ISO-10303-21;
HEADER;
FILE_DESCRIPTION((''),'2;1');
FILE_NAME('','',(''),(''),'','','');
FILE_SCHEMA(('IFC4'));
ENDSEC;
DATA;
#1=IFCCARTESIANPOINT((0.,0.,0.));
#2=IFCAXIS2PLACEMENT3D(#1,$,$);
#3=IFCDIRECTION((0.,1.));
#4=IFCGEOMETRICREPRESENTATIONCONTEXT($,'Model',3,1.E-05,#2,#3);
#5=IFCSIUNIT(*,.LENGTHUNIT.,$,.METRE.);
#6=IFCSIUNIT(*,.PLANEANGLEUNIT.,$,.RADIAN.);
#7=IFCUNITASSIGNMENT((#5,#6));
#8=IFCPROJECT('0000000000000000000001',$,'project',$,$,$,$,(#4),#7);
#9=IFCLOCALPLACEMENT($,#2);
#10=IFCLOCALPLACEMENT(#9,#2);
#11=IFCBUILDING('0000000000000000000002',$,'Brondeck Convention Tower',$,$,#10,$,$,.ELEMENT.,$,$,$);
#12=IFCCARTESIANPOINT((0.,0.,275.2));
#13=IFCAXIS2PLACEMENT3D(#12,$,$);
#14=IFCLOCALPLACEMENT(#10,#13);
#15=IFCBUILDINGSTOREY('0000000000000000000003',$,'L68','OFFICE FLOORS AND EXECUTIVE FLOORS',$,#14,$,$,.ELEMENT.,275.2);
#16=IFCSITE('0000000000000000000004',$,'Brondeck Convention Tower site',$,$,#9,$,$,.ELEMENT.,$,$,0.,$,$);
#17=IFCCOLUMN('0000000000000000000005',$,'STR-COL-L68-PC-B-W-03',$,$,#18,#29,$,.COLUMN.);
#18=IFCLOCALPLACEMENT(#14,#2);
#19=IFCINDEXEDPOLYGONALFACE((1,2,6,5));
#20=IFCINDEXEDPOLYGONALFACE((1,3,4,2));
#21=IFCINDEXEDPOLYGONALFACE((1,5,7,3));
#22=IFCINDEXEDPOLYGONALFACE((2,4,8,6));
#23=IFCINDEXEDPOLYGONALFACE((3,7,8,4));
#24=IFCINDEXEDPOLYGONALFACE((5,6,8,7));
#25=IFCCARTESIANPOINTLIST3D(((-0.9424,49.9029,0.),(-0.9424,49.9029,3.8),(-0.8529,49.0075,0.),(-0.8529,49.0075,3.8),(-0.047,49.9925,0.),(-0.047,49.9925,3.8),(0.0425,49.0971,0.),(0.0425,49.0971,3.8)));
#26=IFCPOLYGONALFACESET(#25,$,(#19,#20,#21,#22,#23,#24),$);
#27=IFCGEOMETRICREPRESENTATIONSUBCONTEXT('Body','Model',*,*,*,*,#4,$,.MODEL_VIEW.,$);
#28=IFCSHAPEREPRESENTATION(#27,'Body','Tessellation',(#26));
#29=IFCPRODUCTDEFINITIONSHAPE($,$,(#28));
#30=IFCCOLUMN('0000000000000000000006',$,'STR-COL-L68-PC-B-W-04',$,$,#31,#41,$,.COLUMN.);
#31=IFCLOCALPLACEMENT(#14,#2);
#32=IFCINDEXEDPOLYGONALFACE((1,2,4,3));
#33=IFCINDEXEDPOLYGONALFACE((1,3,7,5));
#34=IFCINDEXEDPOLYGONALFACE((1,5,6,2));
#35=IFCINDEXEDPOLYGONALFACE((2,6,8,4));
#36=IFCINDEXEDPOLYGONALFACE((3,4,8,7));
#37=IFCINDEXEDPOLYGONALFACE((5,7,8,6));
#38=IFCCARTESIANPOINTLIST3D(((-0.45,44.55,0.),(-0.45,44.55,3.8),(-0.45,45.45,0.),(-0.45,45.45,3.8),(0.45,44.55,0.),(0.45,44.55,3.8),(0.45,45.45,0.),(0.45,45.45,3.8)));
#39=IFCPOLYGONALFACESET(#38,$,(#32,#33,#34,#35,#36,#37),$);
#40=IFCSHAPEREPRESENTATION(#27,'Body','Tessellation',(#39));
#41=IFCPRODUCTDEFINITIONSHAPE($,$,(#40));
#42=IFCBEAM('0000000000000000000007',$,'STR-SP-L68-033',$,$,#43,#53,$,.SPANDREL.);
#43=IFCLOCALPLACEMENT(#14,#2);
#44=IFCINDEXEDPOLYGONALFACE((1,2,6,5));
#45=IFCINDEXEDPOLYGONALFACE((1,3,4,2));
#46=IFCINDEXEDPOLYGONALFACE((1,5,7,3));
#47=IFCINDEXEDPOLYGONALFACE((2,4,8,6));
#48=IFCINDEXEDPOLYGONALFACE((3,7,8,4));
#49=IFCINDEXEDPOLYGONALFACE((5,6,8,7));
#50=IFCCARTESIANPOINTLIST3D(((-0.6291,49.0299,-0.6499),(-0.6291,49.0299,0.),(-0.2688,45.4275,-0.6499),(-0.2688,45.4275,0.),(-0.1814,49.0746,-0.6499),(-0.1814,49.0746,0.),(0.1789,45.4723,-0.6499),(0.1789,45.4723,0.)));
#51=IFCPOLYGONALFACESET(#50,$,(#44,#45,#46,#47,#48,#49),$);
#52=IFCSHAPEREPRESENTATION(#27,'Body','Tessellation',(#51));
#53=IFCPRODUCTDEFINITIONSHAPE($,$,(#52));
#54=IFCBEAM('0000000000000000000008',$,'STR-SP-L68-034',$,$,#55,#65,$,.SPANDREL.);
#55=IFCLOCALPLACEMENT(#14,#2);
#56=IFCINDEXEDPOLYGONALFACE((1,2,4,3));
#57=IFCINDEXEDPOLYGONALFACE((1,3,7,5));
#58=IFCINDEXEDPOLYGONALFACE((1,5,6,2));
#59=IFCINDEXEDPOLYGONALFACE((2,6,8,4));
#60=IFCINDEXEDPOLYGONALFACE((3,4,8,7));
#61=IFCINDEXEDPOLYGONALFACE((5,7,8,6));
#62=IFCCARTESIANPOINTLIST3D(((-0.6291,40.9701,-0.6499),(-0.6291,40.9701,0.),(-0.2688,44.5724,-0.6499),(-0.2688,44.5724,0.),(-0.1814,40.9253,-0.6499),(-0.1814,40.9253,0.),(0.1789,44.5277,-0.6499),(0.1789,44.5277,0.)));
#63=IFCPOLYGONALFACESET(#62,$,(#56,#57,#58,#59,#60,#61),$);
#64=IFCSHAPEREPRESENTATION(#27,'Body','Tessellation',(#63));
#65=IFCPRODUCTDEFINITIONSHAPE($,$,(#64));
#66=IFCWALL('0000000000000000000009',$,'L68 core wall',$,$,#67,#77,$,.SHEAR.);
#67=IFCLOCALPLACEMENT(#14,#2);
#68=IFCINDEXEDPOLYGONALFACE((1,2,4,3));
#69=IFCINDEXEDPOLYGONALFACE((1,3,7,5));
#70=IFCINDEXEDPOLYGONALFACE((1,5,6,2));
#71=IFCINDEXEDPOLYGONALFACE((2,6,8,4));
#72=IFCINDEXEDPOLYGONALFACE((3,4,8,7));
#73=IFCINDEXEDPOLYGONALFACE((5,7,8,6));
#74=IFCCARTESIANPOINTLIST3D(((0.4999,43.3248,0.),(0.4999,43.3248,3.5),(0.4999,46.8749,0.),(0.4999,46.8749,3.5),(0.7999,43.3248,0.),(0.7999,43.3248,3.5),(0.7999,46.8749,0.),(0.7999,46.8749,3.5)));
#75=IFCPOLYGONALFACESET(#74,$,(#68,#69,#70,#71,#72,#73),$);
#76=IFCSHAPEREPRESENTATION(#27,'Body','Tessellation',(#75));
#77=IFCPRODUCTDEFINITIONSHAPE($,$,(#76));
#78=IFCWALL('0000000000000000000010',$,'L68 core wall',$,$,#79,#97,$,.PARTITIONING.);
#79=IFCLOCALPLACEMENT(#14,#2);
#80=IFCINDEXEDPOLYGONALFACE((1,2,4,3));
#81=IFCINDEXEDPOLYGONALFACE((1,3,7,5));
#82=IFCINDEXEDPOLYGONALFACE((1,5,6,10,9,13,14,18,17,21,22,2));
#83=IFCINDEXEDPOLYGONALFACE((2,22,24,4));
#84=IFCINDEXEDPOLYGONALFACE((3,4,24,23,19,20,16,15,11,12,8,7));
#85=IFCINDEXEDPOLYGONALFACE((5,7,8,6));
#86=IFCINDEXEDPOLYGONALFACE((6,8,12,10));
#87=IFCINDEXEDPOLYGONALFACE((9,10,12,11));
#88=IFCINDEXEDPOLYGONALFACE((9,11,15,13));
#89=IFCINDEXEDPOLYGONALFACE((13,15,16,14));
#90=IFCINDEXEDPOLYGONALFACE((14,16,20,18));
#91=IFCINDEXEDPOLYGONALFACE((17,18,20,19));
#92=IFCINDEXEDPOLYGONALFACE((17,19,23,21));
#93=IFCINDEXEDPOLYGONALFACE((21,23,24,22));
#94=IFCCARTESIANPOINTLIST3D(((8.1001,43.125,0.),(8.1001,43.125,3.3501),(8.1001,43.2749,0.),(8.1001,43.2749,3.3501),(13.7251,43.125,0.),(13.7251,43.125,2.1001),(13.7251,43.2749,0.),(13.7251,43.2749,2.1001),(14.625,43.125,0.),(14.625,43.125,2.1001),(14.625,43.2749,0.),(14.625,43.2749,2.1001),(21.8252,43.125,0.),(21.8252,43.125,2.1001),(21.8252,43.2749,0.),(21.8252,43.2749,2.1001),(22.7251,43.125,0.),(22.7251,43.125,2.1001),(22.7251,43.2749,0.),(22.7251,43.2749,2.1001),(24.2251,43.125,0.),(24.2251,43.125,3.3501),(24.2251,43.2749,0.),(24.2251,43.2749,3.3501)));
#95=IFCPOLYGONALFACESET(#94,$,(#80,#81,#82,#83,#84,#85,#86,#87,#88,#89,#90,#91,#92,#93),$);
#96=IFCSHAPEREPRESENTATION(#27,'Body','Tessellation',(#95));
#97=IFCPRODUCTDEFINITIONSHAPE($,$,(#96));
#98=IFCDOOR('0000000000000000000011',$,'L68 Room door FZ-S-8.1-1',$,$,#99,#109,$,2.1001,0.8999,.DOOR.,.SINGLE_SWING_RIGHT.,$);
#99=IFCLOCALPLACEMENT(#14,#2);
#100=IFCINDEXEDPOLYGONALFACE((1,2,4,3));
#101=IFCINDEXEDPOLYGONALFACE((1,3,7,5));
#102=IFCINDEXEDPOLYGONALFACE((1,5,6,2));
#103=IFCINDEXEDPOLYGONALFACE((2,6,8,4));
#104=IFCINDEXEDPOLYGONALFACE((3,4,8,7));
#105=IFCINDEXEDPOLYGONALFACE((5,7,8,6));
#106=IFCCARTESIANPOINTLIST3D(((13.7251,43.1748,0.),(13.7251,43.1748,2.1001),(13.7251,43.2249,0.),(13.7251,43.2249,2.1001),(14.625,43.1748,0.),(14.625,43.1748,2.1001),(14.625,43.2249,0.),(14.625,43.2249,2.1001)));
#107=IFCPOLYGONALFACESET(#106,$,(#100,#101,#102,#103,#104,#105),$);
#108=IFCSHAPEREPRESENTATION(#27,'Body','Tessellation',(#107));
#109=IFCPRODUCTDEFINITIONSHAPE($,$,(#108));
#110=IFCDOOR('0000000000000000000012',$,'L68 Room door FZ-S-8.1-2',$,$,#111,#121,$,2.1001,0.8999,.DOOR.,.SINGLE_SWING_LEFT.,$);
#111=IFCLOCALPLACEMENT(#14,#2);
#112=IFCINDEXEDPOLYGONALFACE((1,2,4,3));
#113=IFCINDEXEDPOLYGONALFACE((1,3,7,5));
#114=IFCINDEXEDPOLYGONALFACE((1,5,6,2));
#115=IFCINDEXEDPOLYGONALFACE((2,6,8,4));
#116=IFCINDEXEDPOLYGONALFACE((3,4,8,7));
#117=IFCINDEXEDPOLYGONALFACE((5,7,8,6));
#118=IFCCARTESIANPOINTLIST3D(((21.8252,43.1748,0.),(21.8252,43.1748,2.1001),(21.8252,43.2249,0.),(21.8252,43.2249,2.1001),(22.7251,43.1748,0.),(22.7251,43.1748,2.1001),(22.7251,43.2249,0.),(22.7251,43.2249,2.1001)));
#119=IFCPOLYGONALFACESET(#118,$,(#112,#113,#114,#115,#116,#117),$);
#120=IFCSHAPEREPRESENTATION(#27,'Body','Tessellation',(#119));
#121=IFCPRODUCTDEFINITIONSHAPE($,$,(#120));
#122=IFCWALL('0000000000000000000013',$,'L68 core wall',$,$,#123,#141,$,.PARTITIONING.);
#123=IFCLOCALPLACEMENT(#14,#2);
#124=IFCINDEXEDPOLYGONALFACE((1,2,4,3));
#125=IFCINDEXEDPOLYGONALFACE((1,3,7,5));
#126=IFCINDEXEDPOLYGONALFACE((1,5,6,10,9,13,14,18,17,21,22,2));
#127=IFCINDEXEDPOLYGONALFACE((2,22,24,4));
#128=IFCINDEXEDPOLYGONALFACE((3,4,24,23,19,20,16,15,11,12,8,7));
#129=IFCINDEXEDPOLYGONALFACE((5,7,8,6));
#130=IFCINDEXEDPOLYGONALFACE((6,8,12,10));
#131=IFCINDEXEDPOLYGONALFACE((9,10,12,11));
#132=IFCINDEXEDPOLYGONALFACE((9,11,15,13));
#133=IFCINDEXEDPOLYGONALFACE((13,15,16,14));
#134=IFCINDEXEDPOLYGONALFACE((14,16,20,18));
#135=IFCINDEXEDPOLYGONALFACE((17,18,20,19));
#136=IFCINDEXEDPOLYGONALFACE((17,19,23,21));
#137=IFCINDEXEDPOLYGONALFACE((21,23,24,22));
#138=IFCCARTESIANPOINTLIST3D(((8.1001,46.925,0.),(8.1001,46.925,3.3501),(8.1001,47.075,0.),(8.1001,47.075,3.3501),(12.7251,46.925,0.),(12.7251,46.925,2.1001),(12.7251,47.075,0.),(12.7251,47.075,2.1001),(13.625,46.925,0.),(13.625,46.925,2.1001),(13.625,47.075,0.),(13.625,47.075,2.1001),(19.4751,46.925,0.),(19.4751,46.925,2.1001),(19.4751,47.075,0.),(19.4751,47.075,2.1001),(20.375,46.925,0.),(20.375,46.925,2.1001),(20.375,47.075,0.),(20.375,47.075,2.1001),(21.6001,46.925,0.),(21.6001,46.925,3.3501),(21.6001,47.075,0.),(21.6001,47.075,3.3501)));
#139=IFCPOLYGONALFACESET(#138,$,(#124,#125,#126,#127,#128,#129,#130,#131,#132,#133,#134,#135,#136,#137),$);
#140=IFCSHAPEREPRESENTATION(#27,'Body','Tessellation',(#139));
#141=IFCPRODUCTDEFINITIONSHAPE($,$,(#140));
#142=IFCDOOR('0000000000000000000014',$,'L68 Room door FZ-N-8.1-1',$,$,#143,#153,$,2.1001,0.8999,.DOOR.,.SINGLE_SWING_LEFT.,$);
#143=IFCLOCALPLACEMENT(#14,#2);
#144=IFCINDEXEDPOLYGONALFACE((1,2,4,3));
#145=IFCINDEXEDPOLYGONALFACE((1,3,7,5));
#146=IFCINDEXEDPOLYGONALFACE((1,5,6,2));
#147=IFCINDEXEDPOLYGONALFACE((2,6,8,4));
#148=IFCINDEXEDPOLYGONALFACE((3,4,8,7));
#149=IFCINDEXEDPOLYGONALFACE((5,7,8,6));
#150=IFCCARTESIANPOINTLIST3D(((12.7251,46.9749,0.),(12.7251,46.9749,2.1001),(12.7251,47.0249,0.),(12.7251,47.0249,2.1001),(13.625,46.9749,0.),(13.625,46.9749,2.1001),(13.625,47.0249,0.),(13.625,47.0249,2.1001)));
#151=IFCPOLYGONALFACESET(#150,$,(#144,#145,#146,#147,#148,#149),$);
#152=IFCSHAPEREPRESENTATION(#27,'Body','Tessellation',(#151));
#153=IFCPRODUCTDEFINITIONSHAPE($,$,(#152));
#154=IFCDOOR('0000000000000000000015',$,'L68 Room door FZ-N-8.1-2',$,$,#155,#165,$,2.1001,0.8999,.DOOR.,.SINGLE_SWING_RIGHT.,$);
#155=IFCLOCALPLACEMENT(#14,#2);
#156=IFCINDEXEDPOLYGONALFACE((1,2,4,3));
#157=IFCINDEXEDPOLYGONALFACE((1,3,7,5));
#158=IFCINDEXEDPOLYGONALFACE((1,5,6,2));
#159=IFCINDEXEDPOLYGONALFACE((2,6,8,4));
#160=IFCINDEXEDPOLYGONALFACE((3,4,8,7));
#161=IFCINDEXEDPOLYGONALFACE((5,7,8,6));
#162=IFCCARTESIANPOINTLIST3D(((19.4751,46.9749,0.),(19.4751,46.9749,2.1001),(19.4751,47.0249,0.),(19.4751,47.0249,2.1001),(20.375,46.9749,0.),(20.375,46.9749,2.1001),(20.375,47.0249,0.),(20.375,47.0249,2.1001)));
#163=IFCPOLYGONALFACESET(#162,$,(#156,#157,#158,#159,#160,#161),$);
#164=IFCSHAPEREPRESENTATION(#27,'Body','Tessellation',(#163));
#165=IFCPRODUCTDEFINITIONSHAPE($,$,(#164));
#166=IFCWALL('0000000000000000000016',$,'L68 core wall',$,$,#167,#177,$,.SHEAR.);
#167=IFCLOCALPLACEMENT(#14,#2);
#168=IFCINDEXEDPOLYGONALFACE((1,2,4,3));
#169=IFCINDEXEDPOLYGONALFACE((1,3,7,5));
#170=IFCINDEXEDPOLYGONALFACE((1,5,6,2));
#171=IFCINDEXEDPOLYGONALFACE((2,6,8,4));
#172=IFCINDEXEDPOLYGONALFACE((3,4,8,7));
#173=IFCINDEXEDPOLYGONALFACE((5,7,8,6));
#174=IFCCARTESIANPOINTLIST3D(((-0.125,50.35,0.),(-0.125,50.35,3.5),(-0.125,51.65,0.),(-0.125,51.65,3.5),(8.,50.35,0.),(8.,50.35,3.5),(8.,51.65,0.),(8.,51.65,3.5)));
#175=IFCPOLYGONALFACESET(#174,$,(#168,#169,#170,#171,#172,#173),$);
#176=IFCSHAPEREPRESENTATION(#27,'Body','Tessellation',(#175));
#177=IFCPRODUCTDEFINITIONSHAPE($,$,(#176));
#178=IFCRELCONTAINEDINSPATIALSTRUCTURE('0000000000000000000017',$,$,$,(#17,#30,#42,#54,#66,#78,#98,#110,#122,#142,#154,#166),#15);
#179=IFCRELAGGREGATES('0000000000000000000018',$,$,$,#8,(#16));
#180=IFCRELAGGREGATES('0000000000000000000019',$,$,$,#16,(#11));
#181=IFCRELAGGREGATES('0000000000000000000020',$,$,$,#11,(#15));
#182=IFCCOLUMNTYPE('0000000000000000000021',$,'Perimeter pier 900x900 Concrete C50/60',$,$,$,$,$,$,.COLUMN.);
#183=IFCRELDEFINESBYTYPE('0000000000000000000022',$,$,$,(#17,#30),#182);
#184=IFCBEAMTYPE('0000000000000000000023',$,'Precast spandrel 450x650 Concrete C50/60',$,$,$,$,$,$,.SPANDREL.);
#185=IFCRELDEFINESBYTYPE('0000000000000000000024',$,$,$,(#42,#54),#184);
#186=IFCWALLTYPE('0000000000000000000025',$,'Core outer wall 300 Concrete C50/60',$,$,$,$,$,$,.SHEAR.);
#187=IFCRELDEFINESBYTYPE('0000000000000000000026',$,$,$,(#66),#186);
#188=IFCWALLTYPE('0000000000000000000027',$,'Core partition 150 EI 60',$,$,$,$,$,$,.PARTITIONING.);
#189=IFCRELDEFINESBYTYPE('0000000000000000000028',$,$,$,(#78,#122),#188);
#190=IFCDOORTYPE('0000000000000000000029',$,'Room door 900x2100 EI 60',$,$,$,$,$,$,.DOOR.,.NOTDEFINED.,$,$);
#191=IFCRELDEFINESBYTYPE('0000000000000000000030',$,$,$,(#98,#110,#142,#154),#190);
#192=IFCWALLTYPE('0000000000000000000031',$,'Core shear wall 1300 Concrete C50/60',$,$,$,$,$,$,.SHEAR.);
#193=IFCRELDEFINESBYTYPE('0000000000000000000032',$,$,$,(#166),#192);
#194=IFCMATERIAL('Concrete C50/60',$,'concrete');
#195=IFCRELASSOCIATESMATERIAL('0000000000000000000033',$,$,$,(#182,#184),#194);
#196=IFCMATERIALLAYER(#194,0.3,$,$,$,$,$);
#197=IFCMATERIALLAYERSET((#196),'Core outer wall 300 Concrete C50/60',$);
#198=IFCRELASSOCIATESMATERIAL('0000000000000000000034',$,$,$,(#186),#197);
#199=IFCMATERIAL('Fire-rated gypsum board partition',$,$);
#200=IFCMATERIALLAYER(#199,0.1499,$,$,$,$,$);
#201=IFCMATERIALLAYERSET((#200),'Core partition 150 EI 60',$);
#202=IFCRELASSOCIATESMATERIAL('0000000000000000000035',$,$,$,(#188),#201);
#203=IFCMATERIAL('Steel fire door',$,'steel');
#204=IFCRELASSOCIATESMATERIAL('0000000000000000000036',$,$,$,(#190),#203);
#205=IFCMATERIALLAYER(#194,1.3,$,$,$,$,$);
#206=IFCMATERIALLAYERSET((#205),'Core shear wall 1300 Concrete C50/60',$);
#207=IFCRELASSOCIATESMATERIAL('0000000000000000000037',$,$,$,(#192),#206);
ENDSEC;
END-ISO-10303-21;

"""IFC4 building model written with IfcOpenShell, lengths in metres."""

from ifc_helpers import new_model, si_unit, direction, frame, frame_2d, origin, origin_2d, place, context, subcontext, project, spatial, rectangle, extrude, material, layer, layer_set, material_profile, profile_set, type_object, element, fill, save


model = new_model("IFC4")

# Units and contexts
model_context = context("Model", 3, precision=1e-05, world=origin(), true_north=direction((0.0, 1.0)))
body_context = subcontext(model_context, "Body", "Model", "MODEL_VIEW")
ifc_project = project(units=[si_unit("LENGTHUNIT", "METRE"), si_unit("PLANEANGLEUNIT", "RADIAN")], contexts=[model_context])

# Site, building, storey
site_placement = place(None, origin())
site = spatial("IfcSite", under=ifc_project, at=site_placement, Name="Brondeck Convention Tower site", CompositionType="ELEMENT", RefElevation=0.0)
building_placement = place(site_placement, origin())
building = spatial("IfcBuilding", under=site, at=building_placement, Name="Brondeck Convention Tower", CompositionType="ELEMENT")
storey_placement = place(building_placement, frame((0.0, 0.0, 275.2)))
storey = spatial("IfcBuildingStorey", under=building, at=storey_placement, Name="L68", Description="OFFICE FLOORS AND EXECUTIVE FLOORS", CompositionType="ELEMENT", Elevation=275.2)

# Columns
ifc_material_1 = material(Name="Concrete C50/60", Category="concrete")
ifc_material_profile_1 = material_profile(ifc_material_1, rectangle(XDim=0.8999, YDim=0.8999, at=origin_2d()), Name="Perimeter pier 900x900 Concrete C50/60")
ifc_profile_set_1 = profile_set([ifc_material_profile_1], Name="Concrete C50/60")
column_type = type_object("IfcColumnType", Name="Perimeter pier 900x900 Concrete C50/60", PredefinedType="COLUMN", material=ifc_profile_set_1)
for number, where, z_axis, x_axis, name in (
    (1, (-0.45, 49.5, 0.0), (0.0, 0.0, 1.0), (0.099504, -0.995037, 0.0), "STR-COL-L68-PC-B-W-03"),
    (2, (0.0, 45.0, 0.0), (0.0, 0.0, 1.0), (0.0, -1.0, 0.0), "STR-COL-L68-PC-B-W-04"),
):
    element("IfcColumn", number, at=place(storey_placement, frame(where, z_axis=z_axis, x_axis=x_axis)), inside=storey, type_object=column_type, Name=name, PredefinedType="COLUMN", context=body_context, shape_type="SweptSolid", body=[
        extrude(rectangle(XDim=0.8999, YDim=0.8999, at=origin_2d()), origin(), (0.0, 0.0, 1.0), 3.8),
    ])

# Beams
ifc_material_profile_2 = material_profile(ifc_material_1, rectangle(XDim=0.45, YDim=0.6499, at=origin_2d()), Name="Precast spandrel 450x650 Concrete C50/60")
ifc_profile_set_2 = profile_set([ifc_material_profile_2], Name="Concrete C50/60")
beam_type = type_object("IfcBeamType", Name="Precast spandrel 450x650 Concrete C50/60", PredefinedType="SPANDREL", material=ifc_profile_set_2)
for number, where, z_axis, x_axis, name in (
    (3, (-0.4053, 49.0522, -0.325), (0.099537, -0.995034, 0.0), (0.995034, 0.099537, 0.0), "STR-SP-L68-033"),
    (4, (-0.0449, 44.55, -0.325), (-0.099537, -0.995034, 0.0), (0.995034, -0.099537, 0.0), "STR-SP-L68-034"),
):
    element("IfcBeam", number, at=place(storey_placement, frame(where, z_axis=z_axis, x_axis=x_axis)), inside=storey, type_object=beam_type, Name=name, PredefinedType="SPANDREL", context=body_context, shape_type="SweptSolid", body=[
        extrude(rectangle(XDim=0.45, YDim=0.6499, at=origin_2d()), origin(), (0.0, 0.0, 1.0), 3.6204),
    ])

# Wall
ifc_layer_1 = layer(ifc_material_1, 0.3)
ifc_layer_set_1 = layer_set([ifc_layer_1], Name="Core outer wall 300 Concrete C50/60")
wall_type_1 = type_object("IfcWallType", Name="Core outer wall 300 Concrete C50/60", PredefinedType="SHEAR", material=ifc_layer_set_1)
wall_1_placement = place(storey_placement, frame((0.6499, 43.325, 0.0), z_axis=(0.0, 0.0, 1.0), x_axis=(0.0, 1.0, 0.0)))
element("IfcWall", 5, at=wall_1_placement, inside=storey, type_object=wall_type_1, Name="L68 core wall", PredefinedType="SHEAR", context=body_context, shape_type="SweptSolid", body=[
    extrude(rectangle(XDim=3.55, YDim=0.3, at=frame_2d((1.7749, 0.0))), origin(), (0.0, 0.0, 1.0), 3.5),
])

# Walls, openings, doors
ifc_material_2 = material(Name="Fire-rated gypsum board partition")
ifc_layer_2 = layer(ifc_material_2, 0.1499)
ifc_layer_set_2 = layer_set([ifc_layer_2], Name="Core partition 150 EI 60")
wall_type_2 = type_object("IfcWallType", Name="Core partition 150 EI 60", PredefinedType="PARTITIONING", material=ifc_layer_set_2)
wall_2_placement = place(storey_placement, frame((8.1001, 43.2, 0.0), z_axis=(0.0, 0.0, 1.0), x_axis=(1.0, 0.0, 0.0)))
wall_2 = element("IfcWall", 6, at=wall_2_placement, inside=storey, type_object=wall_type_2, Name="L68 core wall", PredefinedType="PARTITIONING", context=body_context, shape_type="SweptSolid", body=[
    extrude(rectangle(XDim=16.125, YDim=0.1499, at=frame_2d((8.0625, 0.0))), origin(), (0.0, 0.0, 1.0), 3.3501),
])
opening_1_placement = place(wall_2_placement, frame((5.625, 0.0, 0.0)))
opening_1 = element("IfcOpeningElement", 7, at=opening_1_placement, cuts=wall_2, PredefinedType="OPENING", context=body_context, shape_type="SweptSolid", body=[
    extrude(rectangle(XDim=0.8999, YDim=2.1001, at=frame_2d((0.45, 1.05))), frame((0.0, 0.085, 0.0), z_axis=(0.0, -1.0, 0.0), x_axis=(1.0, 0.0, 0.0)), (0.0, 0.0, 1.0), 0.1699),
])
opening_2_placement = place(wall_2_placement, frame((13.7251, 0.0, 0.0)))
opening_2 = element("IfcOpeningElement", 8, at=opening_2_placement, cuts=wall_2, PredefinedType="OPENING", context=body_context, shape_type="SweptSolid", body=[
    extrude(rectangle(XDim=0.8999, YDim=2.1001, at=frame_2d((0.45, 1.05))), frame((0.0, 0.085, 0.0), z_axis=(0.0, -1.0, 0.0), x_axis=(1.0, 0.0, 0.0)), (0.0, 0.0, 1.0), 0.1699),
])
ifc_material_3 = material(Name="Steel fire door", Category="steel")
door_type_1 = type_object("IfcDoorType", Name="Room door 900x2100 EI 60", OperationType="NOTDEFINED", PredefinedType="DOOR", material=ifc_material_3)
door_1_placement = place(opening_1_placement, origin())
door_1 = element("IfcDoor", 9, at=door_1_placement, inside=storey, type_object=door_type_1, Name="L68 Room door FZ-S-8.1-1", OperationType="SINGLE_SWING_RIGHT", OverallHeight=2.1001, OverallWidth=0.8999, PredefinedType="DOOR", context=body_context, shape_type="SweptSolid", body=[
    extrude(rectangle(XDim=0.8999, YDim=2.1001, at=frame_2d((0.45, 1.05))), frame((0.0, 0.0249, 0.0), z_axis=(0.0, -1.0, 0.0), x_axis=(1.0, 0.0, 0.0)), (0.0, 0.0, 1.0), 0.05),
])
fill(opening_1, door_1)
door_2_placement = place(opening_2_placement, origin())
door_2 = element("IfcDoor", 10, at=door_2_placement, inside=storey, type_object=door_type_1, Name="L68 Room door FZ-S-8.1-2", OperationType="SINGLE_SWING_LEFT", OverallHeight=2.1001, OverallWidth=0.8999, PredefinedType="DOOR", context=body_context, shape_type="SweptSolid", body=[
    extrude(rectangle(XDim=0.8999, YDim=2.1001, at=frame_2d((0.45, 1.05))), frame((0.0, 0.0249, 0.0), z_axis=(0.0, -1.0, 0.0), x_axis=(1.0, 0.0, 0.0)), (0.0, 0.0, 1.0), 0.05),
])
fill(opening_2, door_2)
wall_3_placement = place(storey_placement, frame((8.1001, 47.0, 0.0), z_axis=(0.0, 0.0, 1.0), x_axis=(1.0, 0.0, 0.0)))
wall_3 = element("IfcWall", 11, at=wall_3_placement, inside=storey, type_object=wall_type_2, Name="L68 core wall", PredefinedType="PARTITIONING", context=body_context, shape_type="SweptSolid", body=[
    extrude(rectangle(XDim=13.5, YDim=0.1499, at=frame_2d((6.75, 0.0))), origin(), (0.0, 0.0, 1.0), 3.3501),
])
opening_3_placement = place(wall_3_placement, frame((4.625, 0.0, 0.0)))
opening_3 = element("IfcOpeningElement", 12, at=opening_3_placement, cuts=wall_3, PredefinedType="OPENING", context=body_context, shape_type="SweptSolid", body=[
    extrude(rectangle(XDim=0.8999, YDim=2.1001, at=frame_2d((0.45, 1.05))), frame((0.0, 0.085, 0.0), z_axis=(0.0, -1.0, 0.0), x_axis=(1.0, 0.0, 0.0)), (0.0, 0.0, 1.0), 0.1699),
])
opening_4_placement = place(wall_3_placement, frame((11.375, 0.0, 0.0)))
opening_4 = element("IfcOpeningElement", 13, at=opening_4_placement, cuts=wall_3, PredefinedType="OPENING", context=body_context, shape_type="SweptSolid", body=[
    extrude(rectangle(XDim=0.8999, YDim=2.1001, at=frame_2d((0.45, 1.05))), frame((0.0, 0.085, 0.0), z_axis=(0.0, -1.0, 0.0), x_axis=(1.0, 0.0, 0.0)), (0.0, 0.0, 1.0), 0.1699),
])
door_3_placement = place(opening_3_placement, origin())
door_3 = element("IfcDoor", 14, at=door_3_placement, inside=storey, type_object=door_type_1, Name="L68 Room door FZ-N-8.1-1", OperationType="SINGLE_SWING_LEFT", OverallHeight=2.1001, OverallWidth=0.8999, PredefinedType="DOOR", context=body_context, shape_type="SweptSolid", body=[
    extrude(rectangle(XDim=0.8999, YDim=2.1001, at=frame_2d((0.45, 1.05))), frame((0.0, 0.0249, 0.0), z_axis=(0.0, -1.0, 0.0), x_axis=(1.0, 0.0, 0.0)), (0.0, 0.0, 1.0), 0.05),
])
fill(opening_3, door_3)
door_4_placement = place(opening_4_placement, origin())
door_4 = element("IfcDoor", 15, at=door_4_placement, inside=storey, type_object=door_type_1, Name="L68 Room door FZ-N-8.1-2", OperationType="SINGLE_SWING_RIGHT", OverallHeight=2.1001, OverallWidth=0.8999, PredefinedType="DOOR", context=body_context, shape_type="SweptSolid", body=[
    extrude(rectangle(XDim=0.8999, YDim=2.1001, at=frame_2d((0.45, 1.05))), frame((0.0, 0.0249, 0.0), z_axis=(0.0, -1.0, 0.0), x_axis=(1.0, 0.0, 0.0)), (0.0, 0.0, 1.0), 0.05),
])
fill(opening_4, door_4)

# Wall
ifc_layer_3 = layer(ifc_material_1, 1.3)
ifc_layer_set_3 = layer_set([ifc_layer_3], Name="Core shear wall 1300 Concrete C50/60")
wall_type_3 = type_object("IfcWallType", Name="Core shear wall 1300 Concrete C50/60", PredefinedType="SHEAR", material=ifc_layer_set_3)
wall_4_placement = place(storey_placement, frame((-0.125, 51.0, 0.0), z_axis=(0.0, 0.0, 1.0), x_axis=(1.0, 0.0, 0.0)))
element("IfcWall", 16, at=wall_4_placement, inside=storey, type_object=wall_type_3, Name="L68 core wall", PredefinedType="SHEAR", context=body_context, shape_type="SweptSolid", body=[
    extrude(rectangle(XDim=8.125, YDim=1.3, at=frame_2d((4.0625, 0.0))), origin(), (0.0, 0.0, 1.0), 3.5),
])

save(model, "model.ifc")
